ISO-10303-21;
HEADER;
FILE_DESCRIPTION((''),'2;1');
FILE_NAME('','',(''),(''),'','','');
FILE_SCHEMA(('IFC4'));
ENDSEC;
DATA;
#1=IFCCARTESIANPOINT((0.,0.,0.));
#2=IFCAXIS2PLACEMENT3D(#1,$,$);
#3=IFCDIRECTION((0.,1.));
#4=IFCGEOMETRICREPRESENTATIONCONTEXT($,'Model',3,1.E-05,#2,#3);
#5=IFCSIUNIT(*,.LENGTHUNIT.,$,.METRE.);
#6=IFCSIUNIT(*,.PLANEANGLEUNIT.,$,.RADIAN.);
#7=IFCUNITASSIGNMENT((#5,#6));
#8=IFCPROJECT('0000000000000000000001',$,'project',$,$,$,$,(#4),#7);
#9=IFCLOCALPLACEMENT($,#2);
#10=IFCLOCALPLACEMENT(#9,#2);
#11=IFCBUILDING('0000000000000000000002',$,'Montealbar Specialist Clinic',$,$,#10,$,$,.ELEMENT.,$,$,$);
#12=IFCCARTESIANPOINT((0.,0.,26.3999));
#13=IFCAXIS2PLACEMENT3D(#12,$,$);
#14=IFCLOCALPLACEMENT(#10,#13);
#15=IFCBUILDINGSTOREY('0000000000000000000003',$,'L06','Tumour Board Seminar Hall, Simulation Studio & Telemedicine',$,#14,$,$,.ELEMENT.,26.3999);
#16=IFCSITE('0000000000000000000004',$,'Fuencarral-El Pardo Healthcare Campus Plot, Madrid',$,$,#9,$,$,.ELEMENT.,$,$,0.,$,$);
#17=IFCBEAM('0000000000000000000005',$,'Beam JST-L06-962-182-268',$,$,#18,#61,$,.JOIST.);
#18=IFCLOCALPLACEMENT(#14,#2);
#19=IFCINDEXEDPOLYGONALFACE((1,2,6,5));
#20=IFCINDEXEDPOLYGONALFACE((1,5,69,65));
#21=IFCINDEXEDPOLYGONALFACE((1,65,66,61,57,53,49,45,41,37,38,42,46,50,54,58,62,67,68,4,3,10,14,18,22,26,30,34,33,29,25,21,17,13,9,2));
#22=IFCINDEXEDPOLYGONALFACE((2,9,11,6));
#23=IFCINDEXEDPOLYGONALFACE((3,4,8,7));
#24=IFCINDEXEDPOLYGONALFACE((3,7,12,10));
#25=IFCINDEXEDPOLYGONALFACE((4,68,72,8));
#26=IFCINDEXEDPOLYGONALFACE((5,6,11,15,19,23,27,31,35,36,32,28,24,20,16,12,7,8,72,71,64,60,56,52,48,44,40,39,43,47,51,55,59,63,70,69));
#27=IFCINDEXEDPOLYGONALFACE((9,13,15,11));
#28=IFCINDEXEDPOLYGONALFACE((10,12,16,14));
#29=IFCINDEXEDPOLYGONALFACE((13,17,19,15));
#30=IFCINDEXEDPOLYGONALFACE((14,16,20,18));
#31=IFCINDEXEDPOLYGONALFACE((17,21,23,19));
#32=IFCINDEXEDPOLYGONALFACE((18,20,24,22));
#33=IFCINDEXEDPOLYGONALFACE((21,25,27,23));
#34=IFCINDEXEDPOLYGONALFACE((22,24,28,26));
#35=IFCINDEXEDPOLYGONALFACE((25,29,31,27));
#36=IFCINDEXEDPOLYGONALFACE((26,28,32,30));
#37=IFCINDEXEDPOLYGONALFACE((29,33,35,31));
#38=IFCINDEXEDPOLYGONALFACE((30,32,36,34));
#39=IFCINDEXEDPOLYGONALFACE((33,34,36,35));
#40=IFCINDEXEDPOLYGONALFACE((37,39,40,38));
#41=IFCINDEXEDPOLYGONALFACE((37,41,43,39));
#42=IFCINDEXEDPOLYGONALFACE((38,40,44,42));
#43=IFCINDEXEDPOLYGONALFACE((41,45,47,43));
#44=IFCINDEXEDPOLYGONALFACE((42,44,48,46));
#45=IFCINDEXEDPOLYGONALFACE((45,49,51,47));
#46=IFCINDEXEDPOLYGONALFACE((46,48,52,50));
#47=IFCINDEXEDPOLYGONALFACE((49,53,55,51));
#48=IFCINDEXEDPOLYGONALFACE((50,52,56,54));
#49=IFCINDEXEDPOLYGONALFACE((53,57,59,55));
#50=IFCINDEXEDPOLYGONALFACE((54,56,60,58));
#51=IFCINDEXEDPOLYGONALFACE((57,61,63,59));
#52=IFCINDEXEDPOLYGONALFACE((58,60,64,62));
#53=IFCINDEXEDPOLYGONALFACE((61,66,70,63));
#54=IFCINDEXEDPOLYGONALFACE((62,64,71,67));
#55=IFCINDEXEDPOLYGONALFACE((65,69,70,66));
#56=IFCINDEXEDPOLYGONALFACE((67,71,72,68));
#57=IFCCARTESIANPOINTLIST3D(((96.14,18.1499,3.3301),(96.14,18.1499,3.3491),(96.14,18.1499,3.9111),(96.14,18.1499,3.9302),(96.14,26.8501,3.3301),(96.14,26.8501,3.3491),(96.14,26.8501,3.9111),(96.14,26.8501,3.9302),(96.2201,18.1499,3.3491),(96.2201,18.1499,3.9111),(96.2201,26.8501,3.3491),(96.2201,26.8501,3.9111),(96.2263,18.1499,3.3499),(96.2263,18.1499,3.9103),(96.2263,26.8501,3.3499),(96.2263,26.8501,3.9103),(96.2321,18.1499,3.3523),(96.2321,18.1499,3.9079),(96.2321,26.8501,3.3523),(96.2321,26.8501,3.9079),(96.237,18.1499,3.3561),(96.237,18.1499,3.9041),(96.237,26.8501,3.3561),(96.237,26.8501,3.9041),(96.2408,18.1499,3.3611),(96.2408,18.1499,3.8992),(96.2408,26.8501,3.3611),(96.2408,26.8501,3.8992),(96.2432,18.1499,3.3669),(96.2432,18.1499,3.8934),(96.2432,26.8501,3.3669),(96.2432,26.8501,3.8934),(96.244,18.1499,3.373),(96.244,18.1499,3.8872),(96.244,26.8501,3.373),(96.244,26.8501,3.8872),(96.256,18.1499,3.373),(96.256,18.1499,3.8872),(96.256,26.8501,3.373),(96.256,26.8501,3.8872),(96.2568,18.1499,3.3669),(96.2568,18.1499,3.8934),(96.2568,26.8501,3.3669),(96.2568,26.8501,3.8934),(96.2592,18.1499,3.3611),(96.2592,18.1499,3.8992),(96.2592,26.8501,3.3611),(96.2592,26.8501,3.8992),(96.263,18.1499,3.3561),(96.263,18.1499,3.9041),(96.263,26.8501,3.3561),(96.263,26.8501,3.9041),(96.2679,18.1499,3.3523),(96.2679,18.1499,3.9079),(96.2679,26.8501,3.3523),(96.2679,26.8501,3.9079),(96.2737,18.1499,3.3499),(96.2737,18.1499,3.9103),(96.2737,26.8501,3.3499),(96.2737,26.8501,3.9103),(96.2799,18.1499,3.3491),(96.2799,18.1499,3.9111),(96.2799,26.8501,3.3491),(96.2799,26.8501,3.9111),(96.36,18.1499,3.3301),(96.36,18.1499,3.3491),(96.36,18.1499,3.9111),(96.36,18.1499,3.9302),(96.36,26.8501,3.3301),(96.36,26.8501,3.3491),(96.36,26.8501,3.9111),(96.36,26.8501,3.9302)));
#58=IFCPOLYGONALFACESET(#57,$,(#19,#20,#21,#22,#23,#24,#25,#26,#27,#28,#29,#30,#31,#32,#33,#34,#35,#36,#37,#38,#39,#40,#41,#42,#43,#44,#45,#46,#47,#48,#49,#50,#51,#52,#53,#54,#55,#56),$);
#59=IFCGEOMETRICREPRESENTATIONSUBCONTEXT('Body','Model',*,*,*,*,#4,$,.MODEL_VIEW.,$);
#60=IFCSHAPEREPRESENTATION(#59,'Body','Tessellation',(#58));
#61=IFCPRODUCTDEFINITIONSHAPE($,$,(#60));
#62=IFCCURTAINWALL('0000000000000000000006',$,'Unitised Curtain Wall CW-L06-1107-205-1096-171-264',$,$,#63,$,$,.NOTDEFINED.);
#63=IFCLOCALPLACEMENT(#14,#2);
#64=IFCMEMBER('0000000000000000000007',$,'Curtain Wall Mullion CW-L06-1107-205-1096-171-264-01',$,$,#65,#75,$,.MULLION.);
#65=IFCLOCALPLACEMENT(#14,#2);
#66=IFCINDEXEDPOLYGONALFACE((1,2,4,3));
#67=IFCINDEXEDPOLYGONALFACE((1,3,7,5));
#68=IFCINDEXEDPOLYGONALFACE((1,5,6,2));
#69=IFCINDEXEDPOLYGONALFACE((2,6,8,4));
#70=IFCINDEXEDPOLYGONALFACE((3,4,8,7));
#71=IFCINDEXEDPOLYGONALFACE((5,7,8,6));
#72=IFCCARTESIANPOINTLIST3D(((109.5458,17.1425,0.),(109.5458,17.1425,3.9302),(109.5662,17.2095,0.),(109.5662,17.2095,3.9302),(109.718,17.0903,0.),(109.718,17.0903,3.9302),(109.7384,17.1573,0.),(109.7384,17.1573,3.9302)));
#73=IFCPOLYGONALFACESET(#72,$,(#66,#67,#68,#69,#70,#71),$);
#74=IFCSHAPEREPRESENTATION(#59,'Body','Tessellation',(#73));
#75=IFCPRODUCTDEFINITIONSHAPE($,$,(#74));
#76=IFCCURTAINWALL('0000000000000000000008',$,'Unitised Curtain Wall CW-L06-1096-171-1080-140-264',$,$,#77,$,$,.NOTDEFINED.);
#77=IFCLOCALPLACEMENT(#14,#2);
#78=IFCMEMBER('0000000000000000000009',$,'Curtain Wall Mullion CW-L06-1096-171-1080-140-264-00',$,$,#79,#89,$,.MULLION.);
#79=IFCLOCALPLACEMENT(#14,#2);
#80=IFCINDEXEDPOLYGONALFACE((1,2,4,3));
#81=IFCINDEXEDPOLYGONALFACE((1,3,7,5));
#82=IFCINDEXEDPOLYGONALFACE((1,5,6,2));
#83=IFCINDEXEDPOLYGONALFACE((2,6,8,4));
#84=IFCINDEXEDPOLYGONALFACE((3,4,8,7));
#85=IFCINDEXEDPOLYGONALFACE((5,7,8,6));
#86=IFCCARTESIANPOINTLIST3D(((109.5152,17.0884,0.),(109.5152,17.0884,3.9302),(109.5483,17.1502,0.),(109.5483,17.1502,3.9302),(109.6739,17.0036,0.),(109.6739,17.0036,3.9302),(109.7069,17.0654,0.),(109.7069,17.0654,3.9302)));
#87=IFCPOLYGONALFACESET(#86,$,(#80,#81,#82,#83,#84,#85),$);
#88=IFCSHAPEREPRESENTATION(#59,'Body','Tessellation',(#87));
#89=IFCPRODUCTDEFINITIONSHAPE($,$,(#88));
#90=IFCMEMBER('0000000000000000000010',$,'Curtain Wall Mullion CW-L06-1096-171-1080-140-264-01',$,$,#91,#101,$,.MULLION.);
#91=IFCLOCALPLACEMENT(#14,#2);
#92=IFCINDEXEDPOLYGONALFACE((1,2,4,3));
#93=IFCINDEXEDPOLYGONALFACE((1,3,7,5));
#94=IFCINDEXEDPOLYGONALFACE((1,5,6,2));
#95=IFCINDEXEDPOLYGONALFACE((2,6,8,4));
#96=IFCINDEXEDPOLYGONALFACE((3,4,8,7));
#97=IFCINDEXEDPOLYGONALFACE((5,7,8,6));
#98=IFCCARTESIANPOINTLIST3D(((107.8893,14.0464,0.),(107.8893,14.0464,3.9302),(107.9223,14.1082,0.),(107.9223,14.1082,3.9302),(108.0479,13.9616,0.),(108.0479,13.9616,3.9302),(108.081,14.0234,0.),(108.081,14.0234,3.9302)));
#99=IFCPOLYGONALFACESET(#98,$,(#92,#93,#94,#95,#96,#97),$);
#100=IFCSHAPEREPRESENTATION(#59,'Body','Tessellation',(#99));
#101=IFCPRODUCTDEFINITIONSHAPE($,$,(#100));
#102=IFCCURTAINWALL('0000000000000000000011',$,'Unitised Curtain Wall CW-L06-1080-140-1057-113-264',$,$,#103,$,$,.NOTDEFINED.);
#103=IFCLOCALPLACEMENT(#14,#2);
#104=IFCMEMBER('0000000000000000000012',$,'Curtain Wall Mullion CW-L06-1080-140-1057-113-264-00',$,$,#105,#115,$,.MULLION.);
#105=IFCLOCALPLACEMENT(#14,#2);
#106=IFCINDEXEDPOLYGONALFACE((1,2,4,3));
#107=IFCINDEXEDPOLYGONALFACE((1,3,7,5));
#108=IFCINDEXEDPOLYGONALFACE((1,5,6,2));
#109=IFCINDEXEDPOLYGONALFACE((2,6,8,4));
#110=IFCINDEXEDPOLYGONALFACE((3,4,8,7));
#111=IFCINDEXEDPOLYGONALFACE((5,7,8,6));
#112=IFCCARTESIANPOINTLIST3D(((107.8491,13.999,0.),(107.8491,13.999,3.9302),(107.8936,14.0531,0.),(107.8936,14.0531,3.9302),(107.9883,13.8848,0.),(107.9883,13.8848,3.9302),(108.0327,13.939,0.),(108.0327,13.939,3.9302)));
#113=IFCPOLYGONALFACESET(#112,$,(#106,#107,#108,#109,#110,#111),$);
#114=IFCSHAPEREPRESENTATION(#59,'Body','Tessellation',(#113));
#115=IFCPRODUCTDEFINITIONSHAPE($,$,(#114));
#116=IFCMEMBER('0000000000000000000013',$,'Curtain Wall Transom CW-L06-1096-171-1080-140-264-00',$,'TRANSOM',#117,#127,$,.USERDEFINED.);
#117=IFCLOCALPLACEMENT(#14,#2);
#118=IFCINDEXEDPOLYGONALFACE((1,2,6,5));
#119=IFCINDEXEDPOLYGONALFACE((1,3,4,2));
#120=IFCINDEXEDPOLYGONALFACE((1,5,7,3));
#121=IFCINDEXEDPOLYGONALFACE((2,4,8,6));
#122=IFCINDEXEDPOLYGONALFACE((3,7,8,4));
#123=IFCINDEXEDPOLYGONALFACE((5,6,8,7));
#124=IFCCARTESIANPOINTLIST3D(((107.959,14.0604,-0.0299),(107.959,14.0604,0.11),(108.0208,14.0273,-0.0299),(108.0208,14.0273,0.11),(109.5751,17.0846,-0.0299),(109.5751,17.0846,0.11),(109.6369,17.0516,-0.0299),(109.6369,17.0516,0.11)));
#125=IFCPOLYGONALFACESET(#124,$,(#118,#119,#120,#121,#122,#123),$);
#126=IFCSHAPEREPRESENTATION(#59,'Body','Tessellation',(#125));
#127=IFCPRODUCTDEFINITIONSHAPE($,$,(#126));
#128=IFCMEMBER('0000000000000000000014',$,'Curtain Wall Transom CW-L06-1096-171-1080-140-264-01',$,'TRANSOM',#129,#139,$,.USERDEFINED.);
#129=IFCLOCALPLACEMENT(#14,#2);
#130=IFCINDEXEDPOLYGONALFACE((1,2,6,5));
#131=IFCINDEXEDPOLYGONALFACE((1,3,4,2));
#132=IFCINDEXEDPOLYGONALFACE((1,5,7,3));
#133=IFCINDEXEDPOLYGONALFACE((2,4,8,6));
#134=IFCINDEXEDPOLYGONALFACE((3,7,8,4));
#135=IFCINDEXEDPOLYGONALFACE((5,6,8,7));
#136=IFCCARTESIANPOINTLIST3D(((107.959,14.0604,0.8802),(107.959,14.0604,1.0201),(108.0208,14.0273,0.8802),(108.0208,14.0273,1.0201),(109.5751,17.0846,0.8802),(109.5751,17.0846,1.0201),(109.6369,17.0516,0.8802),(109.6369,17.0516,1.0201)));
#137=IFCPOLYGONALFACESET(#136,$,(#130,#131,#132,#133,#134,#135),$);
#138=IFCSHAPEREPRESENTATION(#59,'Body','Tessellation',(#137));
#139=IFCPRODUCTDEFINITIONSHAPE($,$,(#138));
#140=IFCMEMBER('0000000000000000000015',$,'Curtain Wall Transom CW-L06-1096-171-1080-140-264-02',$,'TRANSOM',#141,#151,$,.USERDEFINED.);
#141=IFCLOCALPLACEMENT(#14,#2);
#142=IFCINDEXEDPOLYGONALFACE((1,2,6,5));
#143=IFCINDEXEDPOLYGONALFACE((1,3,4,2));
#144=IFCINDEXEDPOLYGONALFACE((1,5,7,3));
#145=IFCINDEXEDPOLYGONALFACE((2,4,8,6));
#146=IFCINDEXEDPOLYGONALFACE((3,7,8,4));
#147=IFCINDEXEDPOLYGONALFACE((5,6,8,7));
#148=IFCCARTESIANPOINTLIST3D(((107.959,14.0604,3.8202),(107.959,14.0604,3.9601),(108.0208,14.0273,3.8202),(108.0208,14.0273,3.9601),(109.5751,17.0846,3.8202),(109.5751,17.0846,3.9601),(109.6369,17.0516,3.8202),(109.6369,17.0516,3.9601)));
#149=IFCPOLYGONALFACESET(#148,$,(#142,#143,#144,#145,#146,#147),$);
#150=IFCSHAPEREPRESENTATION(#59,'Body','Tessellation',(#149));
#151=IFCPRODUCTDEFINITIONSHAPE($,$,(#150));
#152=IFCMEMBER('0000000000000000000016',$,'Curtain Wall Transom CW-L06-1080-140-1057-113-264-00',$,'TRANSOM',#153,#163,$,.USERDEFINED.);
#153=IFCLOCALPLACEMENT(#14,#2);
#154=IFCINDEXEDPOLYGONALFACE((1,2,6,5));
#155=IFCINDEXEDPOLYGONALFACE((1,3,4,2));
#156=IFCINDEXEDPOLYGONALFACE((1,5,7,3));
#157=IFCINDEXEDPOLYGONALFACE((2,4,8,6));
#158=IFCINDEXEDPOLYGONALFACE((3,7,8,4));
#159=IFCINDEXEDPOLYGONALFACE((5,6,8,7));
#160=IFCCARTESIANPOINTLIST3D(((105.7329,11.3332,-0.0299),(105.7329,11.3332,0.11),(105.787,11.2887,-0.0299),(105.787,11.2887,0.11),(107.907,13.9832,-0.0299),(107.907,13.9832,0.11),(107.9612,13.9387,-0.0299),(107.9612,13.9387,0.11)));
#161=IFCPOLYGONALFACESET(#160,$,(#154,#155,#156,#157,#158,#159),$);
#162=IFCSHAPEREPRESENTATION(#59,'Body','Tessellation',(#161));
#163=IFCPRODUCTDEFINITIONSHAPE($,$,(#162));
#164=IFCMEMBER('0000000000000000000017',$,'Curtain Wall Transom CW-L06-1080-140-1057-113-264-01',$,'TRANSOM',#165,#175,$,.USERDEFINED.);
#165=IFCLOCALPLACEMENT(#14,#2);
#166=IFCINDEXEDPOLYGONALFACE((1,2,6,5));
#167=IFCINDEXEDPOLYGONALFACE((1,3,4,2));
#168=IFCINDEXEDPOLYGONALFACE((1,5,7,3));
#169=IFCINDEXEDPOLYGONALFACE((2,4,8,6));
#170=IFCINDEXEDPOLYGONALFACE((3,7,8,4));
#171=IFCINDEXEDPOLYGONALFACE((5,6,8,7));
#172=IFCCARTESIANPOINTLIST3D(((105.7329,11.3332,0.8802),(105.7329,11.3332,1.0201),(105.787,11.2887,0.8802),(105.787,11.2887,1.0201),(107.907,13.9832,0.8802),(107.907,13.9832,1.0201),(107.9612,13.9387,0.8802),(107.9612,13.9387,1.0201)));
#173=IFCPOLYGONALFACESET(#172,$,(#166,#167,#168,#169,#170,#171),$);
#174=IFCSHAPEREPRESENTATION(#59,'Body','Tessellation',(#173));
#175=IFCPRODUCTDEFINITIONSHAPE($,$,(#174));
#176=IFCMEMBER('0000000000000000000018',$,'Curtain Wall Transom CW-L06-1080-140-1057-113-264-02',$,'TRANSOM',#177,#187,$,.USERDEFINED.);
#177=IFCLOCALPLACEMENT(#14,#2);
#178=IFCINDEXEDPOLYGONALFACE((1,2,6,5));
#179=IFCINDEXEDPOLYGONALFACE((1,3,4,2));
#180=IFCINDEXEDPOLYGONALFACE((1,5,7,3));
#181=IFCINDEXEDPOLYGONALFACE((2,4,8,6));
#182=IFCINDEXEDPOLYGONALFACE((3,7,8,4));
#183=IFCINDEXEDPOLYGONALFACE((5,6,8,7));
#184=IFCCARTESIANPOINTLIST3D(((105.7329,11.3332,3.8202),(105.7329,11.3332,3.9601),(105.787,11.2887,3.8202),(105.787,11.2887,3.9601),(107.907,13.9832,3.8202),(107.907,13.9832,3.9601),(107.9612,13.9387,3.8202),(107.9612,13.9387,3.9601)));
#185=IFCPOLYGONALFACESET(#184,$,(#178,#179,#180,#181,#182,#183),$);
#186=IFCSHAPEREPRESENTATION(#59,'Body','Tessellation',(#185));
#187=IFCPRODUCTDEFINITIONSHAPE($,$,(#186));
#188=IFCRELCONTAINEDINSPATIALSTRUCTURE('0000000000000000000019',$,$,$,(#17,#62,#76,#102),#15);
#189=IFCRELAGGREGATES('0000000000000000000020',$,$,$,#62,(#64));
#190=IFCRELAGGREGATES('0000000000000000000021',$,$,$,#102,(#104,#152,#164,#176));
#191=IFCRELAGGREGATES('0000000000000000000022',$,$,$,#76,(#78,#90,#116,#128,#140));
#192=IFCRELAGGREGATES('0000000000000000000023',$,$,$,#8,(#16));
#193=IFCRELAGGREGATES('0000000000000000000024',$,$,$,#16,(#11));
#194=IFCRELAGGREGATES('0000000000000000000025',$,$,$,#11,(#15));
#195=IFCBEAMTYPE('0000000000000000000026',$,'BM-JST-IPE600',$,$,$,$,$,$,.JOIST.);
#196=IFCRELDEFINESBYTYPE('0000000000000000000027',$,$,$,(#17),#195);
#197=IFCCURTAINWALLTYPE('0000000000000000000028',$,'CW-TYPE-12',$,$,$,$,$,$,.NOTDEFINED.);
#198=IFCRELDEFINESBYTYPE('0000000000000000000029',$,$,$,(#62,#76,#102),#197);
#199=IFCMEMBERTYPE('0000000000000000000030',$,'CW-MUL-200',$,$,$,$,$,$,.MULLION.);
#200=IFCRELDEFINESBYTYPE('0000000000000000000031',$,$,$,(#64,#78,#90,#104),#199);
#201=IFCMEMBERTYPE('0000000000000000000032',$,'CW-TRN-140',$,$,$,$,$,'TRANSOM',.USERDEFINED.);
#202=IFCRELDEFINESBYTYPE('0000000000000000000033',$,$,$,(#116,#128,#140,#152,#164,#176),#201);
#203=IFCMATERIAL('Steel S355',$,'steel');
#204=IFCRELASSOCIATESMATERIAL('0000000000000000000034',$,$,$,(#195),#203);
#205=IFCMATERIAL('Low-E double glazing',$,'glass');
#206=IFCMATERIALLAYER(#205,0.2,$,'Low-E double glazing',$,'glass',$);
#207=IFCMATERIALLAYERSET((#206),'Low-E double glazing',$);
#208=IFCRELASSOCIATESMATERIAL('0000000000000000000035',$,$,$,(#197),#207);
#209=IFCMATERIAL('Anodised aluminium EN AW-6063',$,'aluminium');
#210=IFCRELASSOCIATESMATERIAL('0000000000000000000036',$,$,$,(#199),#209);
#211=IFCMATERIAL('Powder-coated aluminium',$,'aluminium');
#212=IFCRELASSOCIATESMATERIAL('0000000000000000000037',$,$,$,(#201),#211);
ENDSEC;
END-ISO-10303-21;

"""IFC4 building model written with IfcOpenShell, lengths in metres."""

from ifc_helpers import new_model, si_unit, direction, frame, origin, origin_2d, place, context, subcontext, project, spatial, rectangle, i_section, extrude, material, layer, layer_set, material_profile, profile_set, type_object, element, aggregate, save


model = new_model("IFC4")

# Units and contexts
model_context = context("Model", 3, precision=1e-05, world=origin(), true_north=direction((0.0, 1.0)))
body_context = subcontext(model_context, "Body", "Model", "MODEL_VIEW")
ifc_project = project(units=[si_unit("LENGTHUNIT", "METRE"), si_unit("PLANEANGLEUNIT", "RADIAN")], contexts=[model_context])

# Site, building, storey
site_placement = place(None, origin())
site = spatial("IfcSite", under=ifc_project, at=site_placement, Name="Fuencarral-El Pardo Healthcare Campus Plot, Madrid", CompositionType="ELEMENT", RefElevation=0.0)
building_placement = place(site_placement, origin())
building = spatial("IfcBuilding", under=site, at=building_placement, Name="Montealbar Specialist Clinic", CompositionType="ELEMENT")
storey_placement = place(building_placement, frame((0.0, 0.0, 26.3999)))
storey = spatial("IfcBuildingStorey", under=building, at=storey_placement, Name="L06", Description="Tumour Board Seminar Hall, Simulation Studio & Telemedicine", CompositionType="ELEMENT", Elevation=26.3999)

# Shared definitions
ifc_material_1 = material(Name="Steel S355", Category="steel")

# Beam
ifc_material_profile_1 = material_profile(ifc_material_1, i_section(OverallWidth=0.22, OverallDepth=0.6001, WebThickness=0.012, FlangeThickness=0.019, FilletRadius=0.0239, at=origin_2d()), Name="IPE 600", Category="steel")
ifc_profile_set_1 = profile_set([ifc_material_profile_1], Name="Steel S355")
beam_type_1 = type_object("IfcBeamType", Name="BM-JST-IPE600", PredefinedType="JOIST", material=ifc_profile_set_1)
beam_1_placement = place(storey_placement, frame((96.25, 18.1499, 3.6301), z_axis=(0.0, 1.0, 0.0), x_axis=(-1.0, 0.0, 0.0)))
element("IfcBeam", 1, at=beam_1_placement, inside=storey, type_object=beam_type_1, Name="Beam JST-L06-962-182-268", PredefinedType="JOIST", context=body_context, shape_type="SweptSolid", body=[
    extrude(i_section(OverallWidth=0.22, OverallDepth=0.6001, WebThickness=0.012, FlangeThickness=0.019, FilletRadius=0.0239, at=origin_2d()), origin(), (0.0, 0.0, 1.0), 8.7002),
])

# Curtain wall, member
ifc_material_2 = material(Name="Low-E double glazing", Category="glass")
ifc_layer_1 = layer(ifc_material_2, 0.2, Name="Low-E double glazing", Category="glass")
ifc_layer_set_1 = layer_set([ifc_layer_1], Name="Low-E double glazing")
curtain_wall_type = type_object("IfcCurtainWallType", Name="CW-TYPE-12", PredefinedType="NOTDEFINED", material=ifc_layer_set_1)
curtain_wall_1_placement = place(storey_placement, origin())
curtain_wall_1 = element("IfcCurtainWall", 2, at=curtain_wall_1_placement, inside=storey, type_object=curtain_wall_type, Name="Unitised Curtain Wall CW-L06-1107-205-1096-171-264", PredefinedType="NOTDEFINED")
ifc_material_3 = material(Name="Anodised aluminium EN AW-6063", Category="aluminium")
ifc_material_profile_2 = material_profile(ifc_material_3, rectangle(XDim=0.0701, YDim=0.1799, at=origin_2d()), Name="ALU 70x180", Category="aluminium")
ifc_profile_set_2 = profile_set([ifc_material_profile_2], Name="Anodised aluminium EN AW-6063")
member_type_1 = type_object("IfcMemberType", Name="CW-MUL-200", PredefinedType="MULLION", material=ifc_profile_set_2)
member_1_placement = place(storey_placement, frame((109.6421, 17.1499, 0.0), z_axis=(0.0, 0.0, 1.0), x_axis=(-0.290259, -0.956948, 0.0)))
member_1 = element("IfcMember", 3, at=member_1_placement, type_object=member_type_1, Name="Curtain Wall Mullion CW-L06-1107-205-1096-171-264-01", PredefinedType="MULLION", context=body_context, shape_type="SweptSolid", body=[
    extrude(rectangle(XDim=0.0701, YDim=0.1799, at=origin_2d()), origin(), (0.0, 0.0, 1.0), 3.9302),
])
aggregate(curtain_wall_1, [member_1])

# Curtain wall, members
curtain_wall_2_placement = place(storey_placement, origin())
curtain_wall_2 = element("IfcCurtainWall", 4, at=curtain_wall_2_placement, inside=storey, type_object=curtain_wall_type, Name="Unitised Curtain Wall CW-L06-1096-171-1080-140-264", PredefinedType="NOTDEFINED")
member_2_placement = place(storey_placement, frame((109.6111, 17.0769, 0.0), z_axis=(0.0, 0.0, 1.0), x_axis=(-0.471529, -0.88185, 0.0)))
member_2 = element("IfcMember", 5, at=member_2_placement, type_object=member_type_1, Name="Curtain Wall Mullion CW-L06-1096-171-1080-140-264-00", PredefinedType="MULLION", context=body_context, shape_type="SweptSolid", body=[
    extrude(rectangle(XDim=0.0701, YDim=0.1799, at=origin_2d()), origin(), (0.0, 0.0, 1.0), 3.9302),
])
member_3_placement = place(storey_placement, frame((107.9851, 14.0349, 0.0), z_axis=(0.0, 0.0, 1.0), x_axis=(-0.471529, -0.88185, 0.0)))
member_3 = element("IfcMember", 6, at=member_3_placement, type_object=member_type_1, Name="Curtain Wall Mullion CW-L06-1096-171-1080-140-264-01", PredefinedType="MULLION", context=body_context, shape_type="SweptSolid", body=[
    extrude(rectangle(XDim=0.0701, YDim=0.1799, at=origin_2d()), origin(), (0.0, 0.0, 1.0), 3.9302),
])

# Curtain wall, member
curtain_wall_3_placement = place(storey_placement, origin())
curtain_wall_3 = element("IfcCurtainWall", 7, at=curtain_wall_3_placement, inside=storey, type_object=curtain_wall_type, Name="Unitised Curtain Wall CW-L06-1080-140-1057-113-264", PredefinedType="NOTDEFINED")
member_4_placement = place(storey_placement, frame((107.9409, 13.969, 0.0), z_axis=(0.0, 0.0, 1.0), x_axis=(-0.634256, -0.773123, 0.0)))
member_4 = element("IfcMember", 8, at=member_4_placement, type_object=member_type_1, Name="Curtain Wall Mullion CW-L06-1080-140-1057-113-264-00", PredefinedType="MULLION", context=body_context, shape_type="SweptSolid", body=[
    extrude(rectangle(XDim=0.0701, YDim=0.1799, at=origin_2d()), origin(), (0.0, 0.0, 1.0), 3.9302),
])

# Members
ifc_material_4 = material(Name="Powder-coated aluminium", Category="aluminium")
ifc_material_profile_3 = material_profile(ifc_material_4, rectangle(XDim=0.0701, YDim=0.1399, at=origin_2d()), Name="ALU 70x140", Category="aluminium")
ifc_profile_set_3 = profile_set([ifc_material_profile_3], Name="Powder-coated aluminium")
member_type_2 = type_object("IfcMemberType", Name="CW-TRN-140", ElementType="TRANSOM", PredefinedType="USERDEFINED", material=ifc_profile_set_3)
member_5_placement = place(storey_placement, frame((109.606, 17.0681, 0.04), z_axis=(-0.471287, -0.88198, 0.0), x_axis=(0.88198, -0.471287, 0.0)))
member_5 = element("IfcMember", 9, at=member_5_placement, type_object=member_type_2, Name="Curtain Wall Transom CW-L06-1096-171-1080-140-264-00", ObjectType="TRANSOM", PredefinedType="USERDEFINED", context=body_context, shape_type="SweptSolid", body=[
    extrude(rectangle(XDim=0.0701, YDim=0.1399, at=origin_2d()), origin(), (0.0, 0.0, 1.0), 3.429),
])
member_6_placement = place(storey_placement, frame((109.606, 17.0681, 0.9502), z_axis=(-0.471287, -0.88198, 0.0), x_axis=(0.88198, -0.471287, 0.0)))
member_6 = element("IfcMember", 10, at=member_6_placement, type_object=member_type_2, Name="Curtain Wall Transom CW-L06-1096-171-1080-140-264-01", ObjectType="TRANSOM", PredefinedType="USERDEFINED", context=body_context, shape_type="SweptSolid", body=[
    extrude(rectangle(XDim=0.0701, YDim=0.1399, at=origin_2d()), origin(), (0.0, 0.0, 1.0), 3.429),
])
member_7_placement = place(storey_placement, frame((109.606, 17.0681, 3.8901), z_axis=(-0.471287, -0.88198, 0.0), x_axis=(0.88198, -0.471287, 0.0)))
member_7 = element("IfcMember", 11, at=member_7_placement, type_object=member_type_2, Name="Curtain Wall Transom CW-L06-1096-171-1080-140-264-02", ObjectType="TRANSOM", PredefinedType="USERDEFINED", context=body_context, shape_type="SweptSolid", body=[
    extrude(rectangle(XDim=0.0701, YDim=0.1399, at=origin_2d()), origin(), (0.0, 0.0, 1.0), 3.429),
])
member_8_placement = place(storey_placement, frame((107.9341, 13.9609, 0.04), z_axis=(-0.634281, -0.773103, 0.0), x_axis=(0.773103, -0.634281, 0.0)))
member_8 = element("IfcMember", 12, at=member_8_placement, type_object=member_type_2, Name="Curtain Wall Transom CW-L06-1080-140-1057-113-264-00", ObjectType="TRANSOM", PredefinedType="USERDEFINED", context=body_context, shape_type="SweptSolid", body=[
    extrude(rectangle(XDim=0.0701, YDim=0.1399, at=origin_2d()), origin(), (0.0, 0.0, 1.0), 3.4277),
])
member_9_placement = place(storey_placement, frame((107.9341, 13.9609, 0.9502), z_axis=(-0.634281, -0.773103, 0.0), x_axis=(0.773103, -0.634281, 0.0)))
member_9 = element("IfcMember", 13, at=member_9_placement, type_object=member_type_2, Name="Curtain Wall Transom CW-L06-1080-140-1057-113-264-01", ObjectType="TRANSOM", PredefinedType="USERDEFINED", context=body_context, shape_type="SweptSolid", body=[
    extrude(rectangle(XDim=0.0701, YDim=0.1399, at=origin_2d()), origin(), (0.0, 0.0, 1.0), 3.4277),
])
member_10_placement = place(storey_placement, frame((107.9341, 13.9609, 3.8901), z_axis=(-0.634281, -0.773103, 0.0), x_axis=(0.773103, -0.634281, 0.0)))
member_10 = element("IfcMember", 14, at=member_10_placement, type_object=member_type_2, Name="Curtain Wall Transom CW-L06-1080-140-1057-113-264-02", ObjectType="TRANSOM", PredefinedType="USERDEFINED", context=body_context, shape_type="SweptSolid", body=[
    extrude(rectangle(XDim=0.0701, YDim=0.1399, at=origin_2d()), origin(), (0.0, 0.0, 1.0), 3.4277),
])
aggregate(curtain_wall_3, [member_4, member_8, member_9, member_10])

aggregate(curtain_wall_2, [member_2, member_3, member_5, member_6, member_7])

save(model, "model.ifc")
